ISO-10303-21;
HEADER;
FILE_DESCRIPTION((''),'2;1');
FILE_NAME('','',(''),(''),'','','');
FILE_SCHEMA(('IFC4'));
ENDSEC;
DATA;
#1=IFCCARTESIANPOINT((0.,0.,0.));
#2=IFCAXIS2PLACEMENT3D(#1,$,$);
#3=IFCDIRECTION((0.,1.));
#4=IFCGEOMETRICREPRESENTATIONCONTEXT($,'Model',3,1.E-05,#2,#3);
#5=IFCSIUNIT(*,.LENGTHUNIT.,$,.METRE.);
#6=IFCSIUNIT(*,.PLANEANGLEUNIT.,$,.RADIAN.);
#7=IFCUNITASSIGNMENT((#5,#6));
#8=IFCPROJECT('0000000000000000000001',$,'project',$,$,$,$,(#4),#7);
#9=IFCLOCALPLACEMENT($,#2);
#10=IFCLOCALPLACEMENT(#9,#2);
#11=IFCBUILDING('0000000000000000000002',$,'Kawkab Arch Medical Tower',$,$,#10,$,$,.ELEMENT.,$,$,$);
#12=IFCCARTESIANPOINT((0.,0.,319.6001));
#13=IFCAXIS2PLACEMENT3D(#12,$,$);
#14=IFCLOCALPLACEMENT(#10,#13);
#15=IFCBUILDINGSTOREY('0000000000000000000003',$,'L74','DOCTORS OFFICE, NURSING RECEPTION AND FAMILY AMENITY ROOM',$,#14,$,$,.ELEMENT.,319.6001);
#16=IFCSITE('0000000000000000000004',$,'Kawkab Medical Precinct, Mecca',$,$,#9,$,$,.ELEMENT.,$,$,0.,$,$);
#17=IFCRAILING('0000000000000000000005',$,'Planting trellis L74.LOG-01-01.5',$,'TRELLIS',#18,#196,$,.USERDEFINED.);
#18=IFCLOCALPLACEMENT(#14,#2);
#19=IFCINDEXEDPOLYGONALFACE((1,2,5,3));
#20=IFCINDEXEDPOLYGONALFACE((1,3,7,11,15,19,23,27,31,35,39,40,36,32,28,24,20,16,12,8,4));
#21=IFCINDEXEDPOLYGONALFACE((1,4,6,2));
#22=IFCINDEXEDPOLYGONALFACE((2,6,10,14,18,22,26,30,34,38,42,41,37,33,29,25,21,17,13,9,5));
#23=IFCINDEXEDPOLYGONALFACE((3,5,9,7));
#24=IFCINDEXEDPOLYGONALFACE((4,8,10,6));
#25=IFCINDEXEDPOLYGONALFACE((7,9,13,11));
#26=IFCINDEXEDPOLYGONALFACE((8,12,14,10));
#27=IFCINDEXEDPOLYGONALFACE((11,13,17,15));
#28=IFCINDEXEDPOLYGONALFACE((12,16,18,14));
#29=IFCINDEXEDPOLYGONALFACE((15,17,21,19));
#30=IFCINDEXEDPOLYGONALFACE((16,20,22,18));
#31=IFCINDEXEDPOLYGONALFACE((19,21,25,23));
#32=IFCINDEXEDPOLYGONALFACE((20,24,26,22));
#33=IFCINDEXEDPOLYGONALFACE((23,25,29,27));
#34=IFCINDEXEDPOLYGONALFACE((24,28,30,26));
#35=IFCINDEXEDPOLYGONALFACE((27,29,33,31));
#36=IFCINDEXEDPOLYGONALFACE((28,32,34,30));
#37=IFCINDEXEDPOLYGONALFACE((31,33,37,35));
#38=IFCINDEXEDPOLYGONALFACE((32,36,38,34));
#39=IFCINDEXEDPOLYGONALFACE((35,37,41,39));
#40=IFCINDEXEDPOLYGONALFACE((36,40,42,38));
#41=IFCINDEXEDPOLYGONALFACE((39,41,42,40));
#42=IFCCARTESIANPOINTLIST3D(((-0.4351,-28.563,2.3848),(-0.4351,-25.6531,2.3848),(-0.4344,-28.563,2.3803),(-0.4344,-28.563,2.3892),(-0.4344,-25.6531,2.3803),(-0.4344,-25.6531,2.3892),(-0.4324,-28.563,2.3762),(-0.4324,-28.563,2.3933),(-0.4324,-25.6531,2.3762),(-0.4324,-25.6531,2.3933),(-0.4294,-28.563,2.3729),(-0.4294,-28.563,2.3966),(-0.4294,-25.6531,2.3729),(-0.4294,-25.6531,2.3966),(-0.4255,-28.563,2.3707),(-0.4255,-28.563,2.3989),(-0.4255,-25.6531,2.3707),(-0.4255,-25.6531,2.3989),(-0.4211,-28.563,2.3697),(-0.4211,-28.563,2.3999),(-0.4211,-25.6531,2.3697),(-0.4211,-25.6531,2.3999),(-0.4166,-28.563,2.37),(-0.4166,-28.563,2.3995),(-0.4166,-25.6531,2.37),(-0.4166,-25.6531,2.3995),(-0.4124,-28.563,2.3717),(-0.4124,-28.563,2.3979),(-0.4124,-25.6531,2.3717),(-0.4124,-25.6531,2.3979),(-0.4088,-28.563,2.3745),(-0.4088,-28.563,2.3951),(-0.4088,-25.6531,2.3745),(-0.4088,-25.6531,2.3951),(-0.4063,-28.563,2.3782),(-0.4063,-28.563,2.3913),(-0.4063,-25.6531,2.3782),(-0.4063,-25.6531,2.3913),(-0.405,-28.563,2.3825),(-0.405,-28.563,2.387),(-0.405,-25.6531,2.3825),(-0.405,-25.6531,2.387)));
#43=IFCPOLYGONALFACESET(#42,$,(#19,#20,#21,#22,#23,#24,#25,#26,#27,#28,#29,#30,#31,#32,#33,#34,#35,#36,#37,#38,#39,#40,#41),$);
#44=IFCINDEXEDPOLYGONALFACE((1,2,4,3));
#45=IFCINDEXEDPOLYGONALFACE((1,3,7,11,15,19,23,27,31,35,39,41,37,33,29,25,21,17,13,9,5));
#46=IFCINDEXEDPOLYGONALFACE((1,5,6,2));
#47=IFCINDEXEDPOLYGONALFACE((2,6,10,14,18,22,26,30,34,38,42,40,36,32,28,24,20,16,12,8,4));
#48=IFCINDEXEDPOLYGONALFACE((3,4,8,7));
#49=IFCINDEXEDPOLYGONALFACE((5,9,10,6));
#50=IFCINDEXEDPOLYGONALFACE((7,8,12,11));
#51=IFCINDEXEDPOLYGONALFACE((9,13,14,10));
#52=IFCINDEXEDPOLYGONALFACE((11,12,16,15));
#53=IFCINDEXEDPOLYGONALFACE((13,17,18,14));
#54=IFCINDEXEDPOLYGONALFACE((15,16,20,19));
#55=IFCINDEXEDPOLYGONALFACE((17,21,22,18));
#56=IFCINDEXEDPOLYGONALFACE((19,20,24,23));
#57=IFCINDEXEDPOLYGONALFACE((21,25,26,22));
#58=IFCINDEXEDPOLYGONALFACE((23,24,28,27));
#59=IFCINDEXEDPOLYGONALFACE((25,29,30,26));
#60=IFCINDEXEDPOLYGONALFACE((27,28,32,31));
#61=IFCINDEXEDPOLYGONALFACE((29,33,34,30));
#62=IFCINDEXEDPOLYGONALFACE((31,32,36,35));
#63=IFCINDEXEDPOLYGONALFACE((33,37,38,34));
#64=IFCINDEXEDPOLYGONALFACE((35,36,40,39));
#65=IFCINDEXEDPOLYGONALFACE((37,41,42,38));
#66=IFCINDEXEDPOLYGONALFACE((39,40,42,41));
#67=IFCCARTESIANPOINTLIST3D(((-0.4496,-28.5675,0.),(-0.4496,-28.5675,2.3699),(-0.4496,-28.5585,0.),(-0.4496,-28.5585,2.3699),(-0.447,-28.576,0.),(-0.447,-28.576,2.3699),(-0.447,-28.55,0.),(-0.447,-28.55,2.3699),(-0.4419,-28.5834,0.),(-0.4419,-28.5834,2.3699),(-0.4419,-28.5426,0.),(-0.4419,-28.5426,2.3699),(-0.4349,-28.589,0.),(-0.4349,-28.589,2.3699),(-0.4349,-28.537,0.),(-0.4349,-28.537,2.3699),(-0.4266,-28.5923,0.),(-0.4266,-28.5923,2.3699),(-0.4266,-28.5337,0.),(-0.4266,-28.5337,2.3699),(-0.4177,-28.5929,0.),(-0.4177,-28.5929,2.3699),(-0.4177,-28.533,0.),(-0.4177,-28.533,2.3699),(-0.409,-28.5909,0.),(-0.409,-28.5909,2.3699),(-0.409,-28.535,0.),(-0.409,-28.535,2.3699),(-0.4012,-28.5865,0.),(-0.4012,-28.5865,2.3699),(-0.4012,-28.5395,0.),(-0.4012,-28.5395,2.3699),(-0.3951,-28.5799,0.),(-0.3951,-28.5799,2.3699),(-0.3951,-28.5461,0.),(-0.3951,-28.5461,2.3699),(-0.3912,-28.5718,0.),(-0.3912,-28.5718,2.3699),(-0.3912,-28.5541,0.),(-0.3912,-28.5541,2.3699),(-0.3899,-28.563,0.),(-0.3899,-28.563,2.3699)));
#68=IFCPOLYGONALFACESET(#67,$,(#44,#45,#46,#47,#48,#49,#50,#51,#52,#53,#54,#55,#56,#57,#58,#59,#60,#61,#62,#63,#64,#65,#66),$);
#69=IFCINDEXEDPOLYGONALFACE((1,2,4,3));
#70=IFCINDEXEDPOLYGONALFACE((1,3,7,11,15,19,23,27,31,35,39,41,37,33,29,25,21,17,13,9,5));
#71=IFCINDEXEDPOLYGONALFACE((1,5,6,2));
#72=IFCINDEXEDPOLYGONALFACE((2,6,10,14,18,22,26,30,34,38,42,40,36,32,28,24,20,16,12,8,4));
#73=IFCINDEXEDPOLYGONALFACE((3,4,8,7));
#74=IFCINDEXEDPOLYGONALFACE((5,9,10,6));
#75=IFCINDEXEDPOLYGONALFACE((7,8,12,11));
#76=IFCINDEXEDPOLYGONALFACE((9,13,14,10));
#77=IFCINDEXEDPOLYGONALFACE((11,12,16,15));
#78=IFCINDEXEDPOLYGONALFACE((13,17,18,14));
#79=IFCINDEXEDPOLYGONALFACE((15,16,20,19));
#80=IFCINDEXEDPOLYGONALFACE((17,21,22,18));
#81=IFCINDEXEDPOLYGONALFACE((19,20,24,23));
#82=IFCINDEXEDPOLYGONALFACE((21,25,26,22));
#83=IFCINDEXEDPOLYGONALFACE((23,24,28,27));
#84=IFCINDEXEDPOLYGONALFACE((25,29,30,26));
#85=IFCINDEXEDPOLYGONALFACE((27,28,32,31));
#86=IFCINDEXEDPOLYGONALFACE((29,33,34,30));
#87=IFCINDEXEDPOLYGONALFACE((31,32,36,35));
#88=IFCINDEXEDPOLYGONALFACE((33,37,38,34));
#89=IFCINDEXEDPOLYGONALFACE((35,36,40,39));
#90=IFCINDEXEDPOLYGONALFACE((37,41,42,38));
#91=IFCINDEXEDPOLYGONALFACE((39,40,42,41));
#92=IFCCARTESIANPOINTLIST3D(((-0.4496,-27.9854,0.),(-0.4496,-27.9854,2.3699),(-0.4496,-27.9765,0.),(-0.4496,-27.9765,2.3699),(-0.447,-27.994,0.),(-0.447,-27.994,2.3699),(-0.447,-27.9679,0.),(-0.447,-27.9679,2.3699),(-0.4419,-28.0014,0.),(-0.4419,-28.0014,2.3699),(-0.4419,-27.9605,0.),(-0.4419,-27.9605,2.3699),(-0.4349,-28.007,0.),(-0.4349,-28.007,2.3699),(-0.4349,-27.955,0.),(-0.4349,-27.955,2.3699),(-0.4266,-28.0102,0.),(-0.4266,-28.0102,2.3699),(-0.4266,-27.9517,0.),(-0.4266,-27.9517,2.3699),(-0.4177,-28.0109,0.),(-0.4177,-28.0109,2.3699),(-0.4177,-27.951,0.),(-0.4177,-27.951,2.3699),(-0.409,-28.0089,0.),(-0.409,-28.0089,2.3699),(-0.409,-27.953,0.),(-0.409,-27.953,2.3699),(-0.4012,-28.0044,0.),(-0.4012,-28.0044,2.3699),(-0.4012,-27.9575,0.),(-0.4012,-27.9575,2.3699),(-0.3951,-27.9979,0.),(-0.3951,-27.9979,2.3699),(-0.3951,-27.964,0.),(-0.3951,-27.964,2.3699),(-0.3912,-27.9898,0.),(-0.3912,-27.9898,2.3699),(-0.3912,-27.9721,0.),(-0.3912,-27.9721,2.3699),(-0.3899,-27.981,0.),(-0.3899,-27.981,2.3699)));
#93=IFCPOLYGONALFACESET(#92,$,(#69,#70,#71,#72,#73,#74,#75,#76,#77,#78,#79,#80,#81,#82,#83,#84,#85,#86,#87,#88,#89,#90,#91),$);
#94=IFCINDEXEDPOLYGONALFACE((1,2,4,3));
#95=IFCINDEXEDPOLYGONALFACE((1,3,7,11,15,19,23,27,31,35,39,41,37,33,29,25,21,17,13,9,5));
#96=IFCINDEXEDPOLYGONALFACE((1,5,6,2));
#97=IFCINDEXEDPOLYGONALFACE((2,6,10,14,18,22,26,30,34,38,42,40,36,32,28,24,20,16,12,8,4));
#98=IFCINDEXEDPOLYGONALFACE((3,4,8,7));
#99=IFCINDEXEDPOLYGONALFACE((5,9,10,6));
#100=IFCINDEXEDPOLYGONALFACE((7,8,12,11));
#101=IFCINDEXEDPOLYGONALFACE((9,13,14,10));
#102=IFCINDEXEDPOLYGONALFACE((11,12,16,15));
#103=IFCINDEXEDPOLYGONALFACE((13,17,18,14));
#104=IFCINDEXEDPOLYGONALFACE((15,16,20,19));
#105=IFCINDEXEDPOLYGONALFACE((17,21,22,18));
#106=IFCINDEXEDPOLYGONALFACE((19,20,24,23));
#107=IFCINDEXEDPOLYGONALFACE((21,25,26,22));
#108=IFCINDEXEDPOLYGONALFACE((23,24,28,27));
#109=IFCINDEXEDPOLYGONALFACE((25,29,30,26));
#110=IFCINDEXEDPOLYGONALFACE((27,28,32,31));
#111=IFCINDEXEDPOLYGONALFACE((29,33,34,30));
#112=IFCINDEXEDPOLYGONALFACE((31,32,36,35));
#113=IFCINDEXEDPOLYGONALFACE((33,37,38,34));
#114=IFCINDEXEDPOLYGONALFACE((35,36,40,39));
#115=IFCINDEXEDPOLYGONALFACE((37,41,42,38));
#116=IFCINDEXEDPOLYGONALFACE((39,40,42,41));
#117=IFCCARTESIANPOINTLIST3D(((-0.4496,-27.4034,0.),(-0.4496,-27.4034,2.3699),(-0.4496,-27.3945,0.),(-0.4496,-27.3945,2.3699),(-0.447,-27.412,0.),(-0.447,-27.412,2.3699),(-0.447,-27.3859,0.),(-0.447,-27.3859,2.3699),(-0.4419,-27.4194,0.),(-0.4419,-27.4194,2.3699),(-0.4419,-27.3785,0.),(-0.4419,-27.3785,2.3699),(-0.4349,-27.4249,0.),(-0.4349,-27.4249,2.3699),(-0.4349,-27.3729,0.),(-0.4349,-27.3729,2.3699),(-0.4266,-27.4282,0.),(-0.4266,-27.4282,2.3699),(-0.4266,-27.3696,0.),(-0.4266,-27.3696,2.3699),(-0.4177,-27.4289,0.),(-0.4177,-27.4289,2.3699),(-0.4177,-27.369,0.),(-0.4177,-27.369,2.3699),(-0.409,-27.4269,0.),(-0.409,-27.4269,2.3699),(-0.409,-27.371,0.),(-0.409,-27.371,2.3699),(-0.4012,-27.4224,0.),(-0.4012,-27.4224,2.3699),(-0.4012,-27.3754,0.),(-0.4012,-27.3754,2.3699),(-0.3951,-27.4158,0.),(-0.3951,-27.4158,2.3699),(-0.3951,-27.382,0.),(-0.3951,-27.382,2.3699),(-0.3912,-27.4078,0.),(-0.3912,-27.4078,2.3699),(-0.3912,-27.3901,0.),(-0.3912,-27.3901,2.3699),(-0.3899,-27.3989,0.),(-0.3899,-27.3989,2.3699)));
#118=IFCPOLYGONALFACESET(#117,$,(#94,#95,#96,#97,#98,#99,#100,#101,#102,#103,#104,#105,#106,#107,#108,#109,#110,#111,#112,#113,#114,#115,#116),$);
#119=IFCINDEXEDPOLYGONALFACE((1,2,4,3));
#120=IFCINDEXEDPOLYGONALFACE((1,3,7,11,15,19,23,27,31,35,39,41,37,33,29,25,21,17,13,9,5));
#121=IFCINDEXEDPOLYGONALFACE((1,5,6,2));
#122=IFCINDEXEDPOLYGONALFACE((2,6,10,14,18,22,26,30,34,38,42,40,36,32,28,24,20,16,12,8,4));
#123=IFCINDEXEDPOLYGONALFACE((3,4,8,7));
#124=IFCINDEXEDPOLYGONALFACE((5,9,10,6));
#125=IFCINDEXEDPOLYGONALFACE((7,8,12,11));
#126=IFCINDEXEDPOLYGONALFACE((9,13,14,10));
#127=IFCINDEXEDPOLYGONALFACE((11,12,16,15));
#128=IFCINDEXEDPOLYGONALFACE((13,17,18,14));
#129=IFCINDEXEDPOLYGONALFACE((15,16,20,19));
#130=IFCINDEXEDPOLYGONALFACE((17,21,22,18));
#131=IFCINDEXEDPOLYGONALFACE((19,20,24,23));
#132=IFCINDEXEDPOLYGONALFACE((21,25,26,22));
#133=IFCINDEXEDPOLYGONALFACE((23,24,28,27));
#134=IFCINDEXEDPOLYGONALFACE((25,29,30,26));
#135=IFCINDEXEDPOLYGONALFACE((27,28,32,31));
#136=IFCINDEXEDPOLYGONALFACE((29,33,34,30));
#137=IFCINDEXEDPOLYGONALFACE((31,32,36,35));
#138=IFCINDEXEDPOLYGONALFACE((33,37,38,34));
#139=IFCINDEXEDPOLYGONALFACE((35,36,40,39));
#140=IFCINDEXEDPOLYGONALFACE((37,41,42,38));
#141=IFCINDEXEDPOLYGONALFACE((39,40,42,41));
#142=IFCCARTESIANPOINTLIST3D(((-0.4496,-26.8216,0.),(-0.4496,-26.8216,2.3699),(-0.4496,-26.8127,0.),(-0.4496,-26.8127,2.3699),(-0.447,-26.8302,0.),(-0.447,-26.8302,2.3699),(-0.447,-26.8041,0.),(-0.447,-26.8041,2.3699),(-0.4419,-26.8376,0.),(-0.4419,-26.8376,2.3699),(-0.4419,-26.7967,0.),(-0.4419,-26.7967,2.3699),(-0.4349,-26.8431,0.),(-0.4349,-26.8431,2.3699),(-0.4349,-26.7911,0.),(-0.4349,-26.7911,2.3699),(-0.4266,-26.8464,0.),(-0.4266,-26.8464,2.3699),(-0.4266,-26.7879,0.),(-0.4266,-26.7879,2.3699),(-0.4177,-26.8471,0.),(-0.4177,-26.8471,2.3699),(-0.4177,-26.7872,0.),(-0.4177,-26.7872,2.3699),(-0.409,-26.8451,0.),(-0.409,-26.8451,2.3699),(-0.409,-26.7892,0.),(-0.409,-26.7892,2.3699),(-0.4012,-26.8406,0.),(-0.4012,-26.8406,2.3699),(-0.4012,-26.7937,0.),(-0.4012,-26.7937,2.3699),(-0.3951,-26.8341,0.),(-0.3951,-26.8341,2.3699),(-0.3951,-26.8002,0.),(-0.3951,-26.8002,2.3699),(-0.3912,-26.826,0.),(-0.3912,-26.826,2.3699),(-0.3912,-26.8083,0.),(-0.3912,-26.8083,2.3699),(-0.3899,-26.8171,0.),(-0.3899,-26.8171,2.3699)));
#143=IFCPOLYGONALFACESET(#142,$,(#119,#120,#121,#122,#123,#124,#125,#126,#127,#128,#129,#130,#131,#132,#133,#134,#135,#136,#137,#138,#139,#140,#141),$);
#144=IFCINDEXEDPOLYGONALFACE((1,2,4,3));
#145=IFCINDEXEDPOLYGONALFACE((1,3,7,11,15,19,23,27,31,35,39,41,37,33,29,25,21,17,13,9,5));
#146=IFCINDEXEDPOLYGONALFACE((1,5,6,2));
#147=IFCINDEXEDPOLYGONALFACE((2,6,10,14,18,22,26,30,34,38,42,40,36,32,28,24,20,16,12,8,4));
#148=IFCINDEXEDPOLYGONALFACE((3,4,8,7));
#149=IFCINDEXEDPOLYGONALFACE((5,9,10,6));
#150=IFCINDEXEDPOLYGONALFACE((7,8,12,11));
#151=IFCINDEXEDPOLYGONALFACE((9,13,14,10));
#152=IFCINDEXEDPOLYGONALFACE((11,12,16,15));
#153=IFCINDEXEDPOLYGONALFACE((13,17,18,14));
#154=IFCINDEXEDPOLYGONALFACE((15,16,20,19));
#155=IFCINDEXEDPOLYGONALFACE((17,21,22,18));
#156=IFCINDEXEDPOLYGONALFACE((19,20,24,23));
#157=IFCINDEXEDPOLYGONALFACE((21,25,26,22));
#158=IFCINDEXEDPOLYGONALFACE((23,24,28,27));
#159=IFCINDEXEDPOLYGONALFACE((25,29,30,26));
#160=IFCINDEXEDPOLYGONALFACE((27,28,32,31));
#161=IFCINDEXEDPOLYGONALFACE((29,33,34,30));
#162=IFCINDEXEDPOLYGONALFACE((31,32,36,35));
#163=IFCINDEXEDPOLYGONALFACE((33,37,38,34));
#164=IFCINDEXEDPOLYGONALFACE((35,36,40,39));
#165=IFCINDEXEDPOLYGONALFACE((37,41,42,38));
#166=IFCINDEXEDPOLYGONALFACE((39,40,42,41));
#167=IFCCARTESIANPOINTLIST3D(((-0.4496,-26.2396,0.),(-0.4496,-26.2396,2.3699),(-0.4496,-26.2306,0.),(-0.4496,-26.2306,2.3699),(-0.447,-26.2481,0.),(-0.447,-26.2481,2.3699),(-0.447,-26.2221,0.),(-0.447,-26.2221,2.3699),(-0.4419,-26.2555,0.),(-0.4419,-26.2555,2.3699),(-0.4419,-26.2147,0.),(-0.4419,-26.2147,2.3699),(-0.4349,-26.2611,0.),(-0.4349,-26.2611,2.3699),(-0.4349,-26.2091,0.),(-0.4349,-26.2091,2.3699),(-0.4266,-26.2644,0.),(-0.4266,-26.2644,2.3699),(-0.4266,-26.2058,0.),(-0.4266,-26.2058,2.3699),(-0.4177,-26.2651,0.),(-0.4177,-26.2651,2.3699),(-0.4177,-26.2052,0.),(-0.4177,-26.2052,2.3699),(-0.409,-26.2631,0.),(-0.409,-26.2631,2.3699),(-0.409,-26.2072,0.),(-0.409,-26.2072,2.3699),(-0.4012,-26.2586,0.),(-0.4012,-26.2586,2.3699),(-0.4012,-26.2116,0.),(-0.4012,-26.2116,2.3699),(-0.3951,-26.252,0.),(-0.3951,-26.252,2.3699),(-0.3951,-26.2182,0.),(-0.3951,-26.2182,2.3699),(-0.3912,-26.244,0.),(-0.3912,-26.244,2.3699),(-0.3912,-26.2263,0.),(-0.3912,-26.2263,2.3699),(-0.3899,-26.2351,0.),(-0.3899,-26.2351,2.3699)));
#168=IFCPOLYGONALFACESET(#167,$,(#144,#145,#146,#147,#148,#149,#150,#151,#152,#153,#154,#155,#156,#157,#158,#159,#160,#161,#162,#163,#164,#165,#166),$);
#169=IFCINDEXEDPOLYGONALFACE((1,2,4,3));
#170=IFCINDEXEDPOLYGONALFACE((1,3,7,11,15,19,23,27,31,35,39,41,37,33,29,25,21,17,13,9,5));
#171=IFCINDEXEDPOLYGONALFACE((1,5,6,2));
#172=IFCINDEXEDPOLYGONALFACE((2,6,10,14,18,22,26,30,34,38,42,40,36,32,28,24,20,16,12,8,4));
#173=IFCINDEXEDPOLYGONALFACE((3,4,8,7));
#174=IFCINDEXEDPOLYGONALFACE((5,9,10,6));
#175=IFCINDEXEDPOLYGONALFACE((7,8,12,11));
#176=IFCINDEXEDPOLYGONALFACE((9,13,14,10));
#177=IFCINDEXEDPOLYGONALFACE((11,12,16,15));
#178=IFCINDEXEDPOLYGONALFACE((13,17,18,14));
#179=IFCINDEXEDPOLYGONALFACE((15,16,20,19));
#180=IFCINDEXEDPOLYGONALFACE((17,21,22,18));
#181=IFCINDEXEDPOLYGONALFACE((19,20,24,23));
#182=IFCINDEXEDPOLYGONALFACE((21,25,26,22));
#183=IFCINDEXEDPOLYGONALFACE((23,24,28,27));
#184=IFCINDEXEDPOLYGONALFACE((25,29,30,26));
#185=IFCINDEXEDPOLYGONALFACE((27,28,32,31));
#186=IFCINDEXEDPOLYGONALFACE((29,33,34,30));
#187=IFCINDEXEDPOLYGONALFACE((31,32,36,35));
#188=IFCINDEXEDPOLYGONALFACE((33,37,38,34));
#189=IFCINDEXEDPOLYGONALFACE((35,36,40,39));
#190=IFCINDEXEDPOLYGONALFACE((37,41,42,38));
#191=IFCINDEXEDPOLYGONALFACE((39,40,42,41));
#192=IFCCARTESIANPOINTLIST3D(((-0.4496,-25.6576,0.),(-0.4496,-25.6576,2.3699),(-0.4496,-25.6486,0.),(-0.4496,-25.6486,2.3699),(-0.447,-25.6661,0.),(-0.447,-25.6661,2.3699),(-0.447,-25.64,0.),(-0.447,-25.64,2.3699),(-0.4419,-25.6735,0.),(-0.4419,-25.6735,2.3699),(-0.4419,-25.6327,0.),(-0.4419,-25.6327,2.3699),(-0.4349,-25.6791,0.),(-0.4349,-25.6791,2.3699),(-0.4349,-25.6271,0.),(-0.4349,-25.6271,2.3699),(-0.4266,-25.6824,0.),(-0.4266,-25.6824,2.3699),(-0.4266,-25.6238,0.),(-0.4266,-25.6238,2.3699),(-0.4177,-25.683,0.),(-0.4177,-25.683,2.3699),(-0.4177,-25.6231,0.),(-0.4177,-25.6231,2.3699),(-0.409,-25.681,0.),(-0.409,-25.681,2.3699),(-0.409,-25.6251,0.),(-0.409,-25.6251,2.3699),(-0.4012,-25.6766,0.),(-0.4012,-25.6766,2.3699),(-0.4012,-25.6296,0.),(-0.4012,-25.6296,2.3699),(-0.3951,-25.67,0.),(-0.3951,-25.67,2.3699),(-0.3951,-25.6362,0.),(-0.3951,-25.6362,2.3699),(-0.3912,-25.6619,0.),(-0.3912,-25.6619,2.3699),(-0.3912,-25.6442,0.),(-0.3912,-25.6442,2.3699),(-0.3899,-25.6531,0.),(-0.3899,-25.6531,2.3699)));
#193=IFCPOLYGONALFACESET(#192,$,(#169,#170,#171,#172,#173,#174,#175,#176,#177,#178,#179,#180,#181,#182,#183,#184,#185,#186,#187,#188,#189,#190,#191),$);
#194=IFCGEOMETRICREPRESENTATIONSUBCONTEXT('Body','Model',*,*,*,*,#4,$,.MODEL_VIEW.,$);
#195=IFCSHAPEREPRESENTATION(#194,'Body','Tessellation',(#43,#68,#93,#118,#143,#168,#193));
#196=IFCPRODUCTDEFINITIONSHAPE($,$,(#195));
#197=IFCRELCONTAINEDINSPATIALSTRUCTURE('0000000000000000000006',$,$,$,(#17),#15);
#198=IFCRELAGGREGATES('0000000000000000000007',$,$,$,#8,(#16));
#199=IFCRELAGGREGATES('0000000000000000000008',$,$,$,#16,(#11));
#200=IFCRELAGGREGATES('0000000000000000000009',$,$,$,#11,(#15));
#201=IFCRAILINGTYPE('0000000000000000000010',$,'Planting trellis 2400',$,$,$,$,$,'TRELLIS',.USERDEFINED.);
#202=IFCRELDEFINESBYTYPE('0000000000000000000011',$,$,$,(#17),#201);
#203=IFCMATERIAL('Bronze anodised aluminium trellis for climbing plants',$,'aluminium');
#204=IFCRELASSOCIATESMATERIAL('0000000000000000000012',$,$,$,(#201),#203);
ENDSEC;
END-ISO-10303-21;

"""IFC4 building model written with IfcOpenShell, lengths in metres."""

from ifc_helpers import new_model, si_unit, direction, frame, origin, origin_2d, place, context, subcontext, project, spatial, circle, extrude, material, type_object, element, save


model = new_model("IFC4")

# Units and contexts
model_context = context("Model", 3, precision=1e-05, world=origin(), true_north=direction((0.0, 1.0)))
body_context = subcontext(model_context, "Body", "Model", "MODEL_VIEW")
ifc_project = project(units=[si_unit("LENGTHUNIT", "METRE"), si_unit("PLANEANGLEUNIT", "RADIAN")], contexts=[model_context])

# Site, building, storey
site_placement = place(None, origin())
site = spatial("IfcSite", under=ifc_project, at=site_placement, Name="Kawkab Medical Precinct, Mecca", CompositionType="ELEMENT", RefElevation=0.0)
building_placement = place(site_placement, origin())
building = spatial("IfcBuilding", under=site, at=building_placement, Name="Kawkab Arch Medical Tower", CompositionType="ELEMENT")
storey_placement = place(building_placement, frame((0.0, 0.0, 319.6001)))
storey = spatial("IfcBuildingStorey", under=building, at=storey_placement, Name="L74", Description="DOCTORS OFFICE, NURSING RECEPTION AND FAMILY AMENITY ROOM", CompositionType="ELEMENT", Elevation=319.6001)

# Railing
ifc_material_1 = material(Name="Bronze anodised aluminium trellis for climbing plants", Category="aluminium")
railing_type = type_object("IfcRailingType", Name="Planting trellis 2400", ElementType="TRELLIS", PredefinedType="USERDEFINED", material=ifc_material_1)
railing_1_placement = place(storey_placement, frame((-0.4199, -28.563, 0.0)))
element("IfcRailing", 1, at=railing_1_placement, inside=storey, type_object=railing_type, Name="Planting trellis L74.LOG-01-01.5", ObjectType="TRELLIS", PredefinedType="USERDEFINED", context=body_context, shape_type="SweptSolid", body=[
    extrude(circle(Radius=0.0151, at=origin_2d()), frame((0.0, 0.0, 2.3848), z_axis=(0.0, 1.0, 0.0), x_axis=(-1.0, 0.0, 0.0)), (0.0, 0.0, 1.0), 2.9099),
    extrude(circle(Radius=0.03, at=origin_2d()), origin(), (0.0, 0.0, 1.0), 2.3699),
    extrude(circle(Radius=0.03, at=origin_2d()), frame((0.0, 0.582, 0.0)), (0.0, 0.0, 1.0), 2.3699),
    extrude(circle(Radius=0.03, at=origin_2d()), frame((0.0, 1.1641, 0.0)), (0.0, 0.0, 1.0), 2.3699),
    extrude(circle(Radius=0.03, at=origin_2d()), frame((0.0, 1.7458, 0.0)), (0.0, 0.0, 1.0), 2.3699),
    extrude(circle(Radius=0.03, at=origin_2d()), frame((0.0, 2.3279, 0.0)), (0.0, 0.0, 1.0), 2.3699),
    extrude(circle(Radius=0.03, at=origin_2d()), frame((0.0, 2.9099, 0.0)), (0.0, 0.0, 1.0), 2.3699),
])

save(model, "model.ifc")
